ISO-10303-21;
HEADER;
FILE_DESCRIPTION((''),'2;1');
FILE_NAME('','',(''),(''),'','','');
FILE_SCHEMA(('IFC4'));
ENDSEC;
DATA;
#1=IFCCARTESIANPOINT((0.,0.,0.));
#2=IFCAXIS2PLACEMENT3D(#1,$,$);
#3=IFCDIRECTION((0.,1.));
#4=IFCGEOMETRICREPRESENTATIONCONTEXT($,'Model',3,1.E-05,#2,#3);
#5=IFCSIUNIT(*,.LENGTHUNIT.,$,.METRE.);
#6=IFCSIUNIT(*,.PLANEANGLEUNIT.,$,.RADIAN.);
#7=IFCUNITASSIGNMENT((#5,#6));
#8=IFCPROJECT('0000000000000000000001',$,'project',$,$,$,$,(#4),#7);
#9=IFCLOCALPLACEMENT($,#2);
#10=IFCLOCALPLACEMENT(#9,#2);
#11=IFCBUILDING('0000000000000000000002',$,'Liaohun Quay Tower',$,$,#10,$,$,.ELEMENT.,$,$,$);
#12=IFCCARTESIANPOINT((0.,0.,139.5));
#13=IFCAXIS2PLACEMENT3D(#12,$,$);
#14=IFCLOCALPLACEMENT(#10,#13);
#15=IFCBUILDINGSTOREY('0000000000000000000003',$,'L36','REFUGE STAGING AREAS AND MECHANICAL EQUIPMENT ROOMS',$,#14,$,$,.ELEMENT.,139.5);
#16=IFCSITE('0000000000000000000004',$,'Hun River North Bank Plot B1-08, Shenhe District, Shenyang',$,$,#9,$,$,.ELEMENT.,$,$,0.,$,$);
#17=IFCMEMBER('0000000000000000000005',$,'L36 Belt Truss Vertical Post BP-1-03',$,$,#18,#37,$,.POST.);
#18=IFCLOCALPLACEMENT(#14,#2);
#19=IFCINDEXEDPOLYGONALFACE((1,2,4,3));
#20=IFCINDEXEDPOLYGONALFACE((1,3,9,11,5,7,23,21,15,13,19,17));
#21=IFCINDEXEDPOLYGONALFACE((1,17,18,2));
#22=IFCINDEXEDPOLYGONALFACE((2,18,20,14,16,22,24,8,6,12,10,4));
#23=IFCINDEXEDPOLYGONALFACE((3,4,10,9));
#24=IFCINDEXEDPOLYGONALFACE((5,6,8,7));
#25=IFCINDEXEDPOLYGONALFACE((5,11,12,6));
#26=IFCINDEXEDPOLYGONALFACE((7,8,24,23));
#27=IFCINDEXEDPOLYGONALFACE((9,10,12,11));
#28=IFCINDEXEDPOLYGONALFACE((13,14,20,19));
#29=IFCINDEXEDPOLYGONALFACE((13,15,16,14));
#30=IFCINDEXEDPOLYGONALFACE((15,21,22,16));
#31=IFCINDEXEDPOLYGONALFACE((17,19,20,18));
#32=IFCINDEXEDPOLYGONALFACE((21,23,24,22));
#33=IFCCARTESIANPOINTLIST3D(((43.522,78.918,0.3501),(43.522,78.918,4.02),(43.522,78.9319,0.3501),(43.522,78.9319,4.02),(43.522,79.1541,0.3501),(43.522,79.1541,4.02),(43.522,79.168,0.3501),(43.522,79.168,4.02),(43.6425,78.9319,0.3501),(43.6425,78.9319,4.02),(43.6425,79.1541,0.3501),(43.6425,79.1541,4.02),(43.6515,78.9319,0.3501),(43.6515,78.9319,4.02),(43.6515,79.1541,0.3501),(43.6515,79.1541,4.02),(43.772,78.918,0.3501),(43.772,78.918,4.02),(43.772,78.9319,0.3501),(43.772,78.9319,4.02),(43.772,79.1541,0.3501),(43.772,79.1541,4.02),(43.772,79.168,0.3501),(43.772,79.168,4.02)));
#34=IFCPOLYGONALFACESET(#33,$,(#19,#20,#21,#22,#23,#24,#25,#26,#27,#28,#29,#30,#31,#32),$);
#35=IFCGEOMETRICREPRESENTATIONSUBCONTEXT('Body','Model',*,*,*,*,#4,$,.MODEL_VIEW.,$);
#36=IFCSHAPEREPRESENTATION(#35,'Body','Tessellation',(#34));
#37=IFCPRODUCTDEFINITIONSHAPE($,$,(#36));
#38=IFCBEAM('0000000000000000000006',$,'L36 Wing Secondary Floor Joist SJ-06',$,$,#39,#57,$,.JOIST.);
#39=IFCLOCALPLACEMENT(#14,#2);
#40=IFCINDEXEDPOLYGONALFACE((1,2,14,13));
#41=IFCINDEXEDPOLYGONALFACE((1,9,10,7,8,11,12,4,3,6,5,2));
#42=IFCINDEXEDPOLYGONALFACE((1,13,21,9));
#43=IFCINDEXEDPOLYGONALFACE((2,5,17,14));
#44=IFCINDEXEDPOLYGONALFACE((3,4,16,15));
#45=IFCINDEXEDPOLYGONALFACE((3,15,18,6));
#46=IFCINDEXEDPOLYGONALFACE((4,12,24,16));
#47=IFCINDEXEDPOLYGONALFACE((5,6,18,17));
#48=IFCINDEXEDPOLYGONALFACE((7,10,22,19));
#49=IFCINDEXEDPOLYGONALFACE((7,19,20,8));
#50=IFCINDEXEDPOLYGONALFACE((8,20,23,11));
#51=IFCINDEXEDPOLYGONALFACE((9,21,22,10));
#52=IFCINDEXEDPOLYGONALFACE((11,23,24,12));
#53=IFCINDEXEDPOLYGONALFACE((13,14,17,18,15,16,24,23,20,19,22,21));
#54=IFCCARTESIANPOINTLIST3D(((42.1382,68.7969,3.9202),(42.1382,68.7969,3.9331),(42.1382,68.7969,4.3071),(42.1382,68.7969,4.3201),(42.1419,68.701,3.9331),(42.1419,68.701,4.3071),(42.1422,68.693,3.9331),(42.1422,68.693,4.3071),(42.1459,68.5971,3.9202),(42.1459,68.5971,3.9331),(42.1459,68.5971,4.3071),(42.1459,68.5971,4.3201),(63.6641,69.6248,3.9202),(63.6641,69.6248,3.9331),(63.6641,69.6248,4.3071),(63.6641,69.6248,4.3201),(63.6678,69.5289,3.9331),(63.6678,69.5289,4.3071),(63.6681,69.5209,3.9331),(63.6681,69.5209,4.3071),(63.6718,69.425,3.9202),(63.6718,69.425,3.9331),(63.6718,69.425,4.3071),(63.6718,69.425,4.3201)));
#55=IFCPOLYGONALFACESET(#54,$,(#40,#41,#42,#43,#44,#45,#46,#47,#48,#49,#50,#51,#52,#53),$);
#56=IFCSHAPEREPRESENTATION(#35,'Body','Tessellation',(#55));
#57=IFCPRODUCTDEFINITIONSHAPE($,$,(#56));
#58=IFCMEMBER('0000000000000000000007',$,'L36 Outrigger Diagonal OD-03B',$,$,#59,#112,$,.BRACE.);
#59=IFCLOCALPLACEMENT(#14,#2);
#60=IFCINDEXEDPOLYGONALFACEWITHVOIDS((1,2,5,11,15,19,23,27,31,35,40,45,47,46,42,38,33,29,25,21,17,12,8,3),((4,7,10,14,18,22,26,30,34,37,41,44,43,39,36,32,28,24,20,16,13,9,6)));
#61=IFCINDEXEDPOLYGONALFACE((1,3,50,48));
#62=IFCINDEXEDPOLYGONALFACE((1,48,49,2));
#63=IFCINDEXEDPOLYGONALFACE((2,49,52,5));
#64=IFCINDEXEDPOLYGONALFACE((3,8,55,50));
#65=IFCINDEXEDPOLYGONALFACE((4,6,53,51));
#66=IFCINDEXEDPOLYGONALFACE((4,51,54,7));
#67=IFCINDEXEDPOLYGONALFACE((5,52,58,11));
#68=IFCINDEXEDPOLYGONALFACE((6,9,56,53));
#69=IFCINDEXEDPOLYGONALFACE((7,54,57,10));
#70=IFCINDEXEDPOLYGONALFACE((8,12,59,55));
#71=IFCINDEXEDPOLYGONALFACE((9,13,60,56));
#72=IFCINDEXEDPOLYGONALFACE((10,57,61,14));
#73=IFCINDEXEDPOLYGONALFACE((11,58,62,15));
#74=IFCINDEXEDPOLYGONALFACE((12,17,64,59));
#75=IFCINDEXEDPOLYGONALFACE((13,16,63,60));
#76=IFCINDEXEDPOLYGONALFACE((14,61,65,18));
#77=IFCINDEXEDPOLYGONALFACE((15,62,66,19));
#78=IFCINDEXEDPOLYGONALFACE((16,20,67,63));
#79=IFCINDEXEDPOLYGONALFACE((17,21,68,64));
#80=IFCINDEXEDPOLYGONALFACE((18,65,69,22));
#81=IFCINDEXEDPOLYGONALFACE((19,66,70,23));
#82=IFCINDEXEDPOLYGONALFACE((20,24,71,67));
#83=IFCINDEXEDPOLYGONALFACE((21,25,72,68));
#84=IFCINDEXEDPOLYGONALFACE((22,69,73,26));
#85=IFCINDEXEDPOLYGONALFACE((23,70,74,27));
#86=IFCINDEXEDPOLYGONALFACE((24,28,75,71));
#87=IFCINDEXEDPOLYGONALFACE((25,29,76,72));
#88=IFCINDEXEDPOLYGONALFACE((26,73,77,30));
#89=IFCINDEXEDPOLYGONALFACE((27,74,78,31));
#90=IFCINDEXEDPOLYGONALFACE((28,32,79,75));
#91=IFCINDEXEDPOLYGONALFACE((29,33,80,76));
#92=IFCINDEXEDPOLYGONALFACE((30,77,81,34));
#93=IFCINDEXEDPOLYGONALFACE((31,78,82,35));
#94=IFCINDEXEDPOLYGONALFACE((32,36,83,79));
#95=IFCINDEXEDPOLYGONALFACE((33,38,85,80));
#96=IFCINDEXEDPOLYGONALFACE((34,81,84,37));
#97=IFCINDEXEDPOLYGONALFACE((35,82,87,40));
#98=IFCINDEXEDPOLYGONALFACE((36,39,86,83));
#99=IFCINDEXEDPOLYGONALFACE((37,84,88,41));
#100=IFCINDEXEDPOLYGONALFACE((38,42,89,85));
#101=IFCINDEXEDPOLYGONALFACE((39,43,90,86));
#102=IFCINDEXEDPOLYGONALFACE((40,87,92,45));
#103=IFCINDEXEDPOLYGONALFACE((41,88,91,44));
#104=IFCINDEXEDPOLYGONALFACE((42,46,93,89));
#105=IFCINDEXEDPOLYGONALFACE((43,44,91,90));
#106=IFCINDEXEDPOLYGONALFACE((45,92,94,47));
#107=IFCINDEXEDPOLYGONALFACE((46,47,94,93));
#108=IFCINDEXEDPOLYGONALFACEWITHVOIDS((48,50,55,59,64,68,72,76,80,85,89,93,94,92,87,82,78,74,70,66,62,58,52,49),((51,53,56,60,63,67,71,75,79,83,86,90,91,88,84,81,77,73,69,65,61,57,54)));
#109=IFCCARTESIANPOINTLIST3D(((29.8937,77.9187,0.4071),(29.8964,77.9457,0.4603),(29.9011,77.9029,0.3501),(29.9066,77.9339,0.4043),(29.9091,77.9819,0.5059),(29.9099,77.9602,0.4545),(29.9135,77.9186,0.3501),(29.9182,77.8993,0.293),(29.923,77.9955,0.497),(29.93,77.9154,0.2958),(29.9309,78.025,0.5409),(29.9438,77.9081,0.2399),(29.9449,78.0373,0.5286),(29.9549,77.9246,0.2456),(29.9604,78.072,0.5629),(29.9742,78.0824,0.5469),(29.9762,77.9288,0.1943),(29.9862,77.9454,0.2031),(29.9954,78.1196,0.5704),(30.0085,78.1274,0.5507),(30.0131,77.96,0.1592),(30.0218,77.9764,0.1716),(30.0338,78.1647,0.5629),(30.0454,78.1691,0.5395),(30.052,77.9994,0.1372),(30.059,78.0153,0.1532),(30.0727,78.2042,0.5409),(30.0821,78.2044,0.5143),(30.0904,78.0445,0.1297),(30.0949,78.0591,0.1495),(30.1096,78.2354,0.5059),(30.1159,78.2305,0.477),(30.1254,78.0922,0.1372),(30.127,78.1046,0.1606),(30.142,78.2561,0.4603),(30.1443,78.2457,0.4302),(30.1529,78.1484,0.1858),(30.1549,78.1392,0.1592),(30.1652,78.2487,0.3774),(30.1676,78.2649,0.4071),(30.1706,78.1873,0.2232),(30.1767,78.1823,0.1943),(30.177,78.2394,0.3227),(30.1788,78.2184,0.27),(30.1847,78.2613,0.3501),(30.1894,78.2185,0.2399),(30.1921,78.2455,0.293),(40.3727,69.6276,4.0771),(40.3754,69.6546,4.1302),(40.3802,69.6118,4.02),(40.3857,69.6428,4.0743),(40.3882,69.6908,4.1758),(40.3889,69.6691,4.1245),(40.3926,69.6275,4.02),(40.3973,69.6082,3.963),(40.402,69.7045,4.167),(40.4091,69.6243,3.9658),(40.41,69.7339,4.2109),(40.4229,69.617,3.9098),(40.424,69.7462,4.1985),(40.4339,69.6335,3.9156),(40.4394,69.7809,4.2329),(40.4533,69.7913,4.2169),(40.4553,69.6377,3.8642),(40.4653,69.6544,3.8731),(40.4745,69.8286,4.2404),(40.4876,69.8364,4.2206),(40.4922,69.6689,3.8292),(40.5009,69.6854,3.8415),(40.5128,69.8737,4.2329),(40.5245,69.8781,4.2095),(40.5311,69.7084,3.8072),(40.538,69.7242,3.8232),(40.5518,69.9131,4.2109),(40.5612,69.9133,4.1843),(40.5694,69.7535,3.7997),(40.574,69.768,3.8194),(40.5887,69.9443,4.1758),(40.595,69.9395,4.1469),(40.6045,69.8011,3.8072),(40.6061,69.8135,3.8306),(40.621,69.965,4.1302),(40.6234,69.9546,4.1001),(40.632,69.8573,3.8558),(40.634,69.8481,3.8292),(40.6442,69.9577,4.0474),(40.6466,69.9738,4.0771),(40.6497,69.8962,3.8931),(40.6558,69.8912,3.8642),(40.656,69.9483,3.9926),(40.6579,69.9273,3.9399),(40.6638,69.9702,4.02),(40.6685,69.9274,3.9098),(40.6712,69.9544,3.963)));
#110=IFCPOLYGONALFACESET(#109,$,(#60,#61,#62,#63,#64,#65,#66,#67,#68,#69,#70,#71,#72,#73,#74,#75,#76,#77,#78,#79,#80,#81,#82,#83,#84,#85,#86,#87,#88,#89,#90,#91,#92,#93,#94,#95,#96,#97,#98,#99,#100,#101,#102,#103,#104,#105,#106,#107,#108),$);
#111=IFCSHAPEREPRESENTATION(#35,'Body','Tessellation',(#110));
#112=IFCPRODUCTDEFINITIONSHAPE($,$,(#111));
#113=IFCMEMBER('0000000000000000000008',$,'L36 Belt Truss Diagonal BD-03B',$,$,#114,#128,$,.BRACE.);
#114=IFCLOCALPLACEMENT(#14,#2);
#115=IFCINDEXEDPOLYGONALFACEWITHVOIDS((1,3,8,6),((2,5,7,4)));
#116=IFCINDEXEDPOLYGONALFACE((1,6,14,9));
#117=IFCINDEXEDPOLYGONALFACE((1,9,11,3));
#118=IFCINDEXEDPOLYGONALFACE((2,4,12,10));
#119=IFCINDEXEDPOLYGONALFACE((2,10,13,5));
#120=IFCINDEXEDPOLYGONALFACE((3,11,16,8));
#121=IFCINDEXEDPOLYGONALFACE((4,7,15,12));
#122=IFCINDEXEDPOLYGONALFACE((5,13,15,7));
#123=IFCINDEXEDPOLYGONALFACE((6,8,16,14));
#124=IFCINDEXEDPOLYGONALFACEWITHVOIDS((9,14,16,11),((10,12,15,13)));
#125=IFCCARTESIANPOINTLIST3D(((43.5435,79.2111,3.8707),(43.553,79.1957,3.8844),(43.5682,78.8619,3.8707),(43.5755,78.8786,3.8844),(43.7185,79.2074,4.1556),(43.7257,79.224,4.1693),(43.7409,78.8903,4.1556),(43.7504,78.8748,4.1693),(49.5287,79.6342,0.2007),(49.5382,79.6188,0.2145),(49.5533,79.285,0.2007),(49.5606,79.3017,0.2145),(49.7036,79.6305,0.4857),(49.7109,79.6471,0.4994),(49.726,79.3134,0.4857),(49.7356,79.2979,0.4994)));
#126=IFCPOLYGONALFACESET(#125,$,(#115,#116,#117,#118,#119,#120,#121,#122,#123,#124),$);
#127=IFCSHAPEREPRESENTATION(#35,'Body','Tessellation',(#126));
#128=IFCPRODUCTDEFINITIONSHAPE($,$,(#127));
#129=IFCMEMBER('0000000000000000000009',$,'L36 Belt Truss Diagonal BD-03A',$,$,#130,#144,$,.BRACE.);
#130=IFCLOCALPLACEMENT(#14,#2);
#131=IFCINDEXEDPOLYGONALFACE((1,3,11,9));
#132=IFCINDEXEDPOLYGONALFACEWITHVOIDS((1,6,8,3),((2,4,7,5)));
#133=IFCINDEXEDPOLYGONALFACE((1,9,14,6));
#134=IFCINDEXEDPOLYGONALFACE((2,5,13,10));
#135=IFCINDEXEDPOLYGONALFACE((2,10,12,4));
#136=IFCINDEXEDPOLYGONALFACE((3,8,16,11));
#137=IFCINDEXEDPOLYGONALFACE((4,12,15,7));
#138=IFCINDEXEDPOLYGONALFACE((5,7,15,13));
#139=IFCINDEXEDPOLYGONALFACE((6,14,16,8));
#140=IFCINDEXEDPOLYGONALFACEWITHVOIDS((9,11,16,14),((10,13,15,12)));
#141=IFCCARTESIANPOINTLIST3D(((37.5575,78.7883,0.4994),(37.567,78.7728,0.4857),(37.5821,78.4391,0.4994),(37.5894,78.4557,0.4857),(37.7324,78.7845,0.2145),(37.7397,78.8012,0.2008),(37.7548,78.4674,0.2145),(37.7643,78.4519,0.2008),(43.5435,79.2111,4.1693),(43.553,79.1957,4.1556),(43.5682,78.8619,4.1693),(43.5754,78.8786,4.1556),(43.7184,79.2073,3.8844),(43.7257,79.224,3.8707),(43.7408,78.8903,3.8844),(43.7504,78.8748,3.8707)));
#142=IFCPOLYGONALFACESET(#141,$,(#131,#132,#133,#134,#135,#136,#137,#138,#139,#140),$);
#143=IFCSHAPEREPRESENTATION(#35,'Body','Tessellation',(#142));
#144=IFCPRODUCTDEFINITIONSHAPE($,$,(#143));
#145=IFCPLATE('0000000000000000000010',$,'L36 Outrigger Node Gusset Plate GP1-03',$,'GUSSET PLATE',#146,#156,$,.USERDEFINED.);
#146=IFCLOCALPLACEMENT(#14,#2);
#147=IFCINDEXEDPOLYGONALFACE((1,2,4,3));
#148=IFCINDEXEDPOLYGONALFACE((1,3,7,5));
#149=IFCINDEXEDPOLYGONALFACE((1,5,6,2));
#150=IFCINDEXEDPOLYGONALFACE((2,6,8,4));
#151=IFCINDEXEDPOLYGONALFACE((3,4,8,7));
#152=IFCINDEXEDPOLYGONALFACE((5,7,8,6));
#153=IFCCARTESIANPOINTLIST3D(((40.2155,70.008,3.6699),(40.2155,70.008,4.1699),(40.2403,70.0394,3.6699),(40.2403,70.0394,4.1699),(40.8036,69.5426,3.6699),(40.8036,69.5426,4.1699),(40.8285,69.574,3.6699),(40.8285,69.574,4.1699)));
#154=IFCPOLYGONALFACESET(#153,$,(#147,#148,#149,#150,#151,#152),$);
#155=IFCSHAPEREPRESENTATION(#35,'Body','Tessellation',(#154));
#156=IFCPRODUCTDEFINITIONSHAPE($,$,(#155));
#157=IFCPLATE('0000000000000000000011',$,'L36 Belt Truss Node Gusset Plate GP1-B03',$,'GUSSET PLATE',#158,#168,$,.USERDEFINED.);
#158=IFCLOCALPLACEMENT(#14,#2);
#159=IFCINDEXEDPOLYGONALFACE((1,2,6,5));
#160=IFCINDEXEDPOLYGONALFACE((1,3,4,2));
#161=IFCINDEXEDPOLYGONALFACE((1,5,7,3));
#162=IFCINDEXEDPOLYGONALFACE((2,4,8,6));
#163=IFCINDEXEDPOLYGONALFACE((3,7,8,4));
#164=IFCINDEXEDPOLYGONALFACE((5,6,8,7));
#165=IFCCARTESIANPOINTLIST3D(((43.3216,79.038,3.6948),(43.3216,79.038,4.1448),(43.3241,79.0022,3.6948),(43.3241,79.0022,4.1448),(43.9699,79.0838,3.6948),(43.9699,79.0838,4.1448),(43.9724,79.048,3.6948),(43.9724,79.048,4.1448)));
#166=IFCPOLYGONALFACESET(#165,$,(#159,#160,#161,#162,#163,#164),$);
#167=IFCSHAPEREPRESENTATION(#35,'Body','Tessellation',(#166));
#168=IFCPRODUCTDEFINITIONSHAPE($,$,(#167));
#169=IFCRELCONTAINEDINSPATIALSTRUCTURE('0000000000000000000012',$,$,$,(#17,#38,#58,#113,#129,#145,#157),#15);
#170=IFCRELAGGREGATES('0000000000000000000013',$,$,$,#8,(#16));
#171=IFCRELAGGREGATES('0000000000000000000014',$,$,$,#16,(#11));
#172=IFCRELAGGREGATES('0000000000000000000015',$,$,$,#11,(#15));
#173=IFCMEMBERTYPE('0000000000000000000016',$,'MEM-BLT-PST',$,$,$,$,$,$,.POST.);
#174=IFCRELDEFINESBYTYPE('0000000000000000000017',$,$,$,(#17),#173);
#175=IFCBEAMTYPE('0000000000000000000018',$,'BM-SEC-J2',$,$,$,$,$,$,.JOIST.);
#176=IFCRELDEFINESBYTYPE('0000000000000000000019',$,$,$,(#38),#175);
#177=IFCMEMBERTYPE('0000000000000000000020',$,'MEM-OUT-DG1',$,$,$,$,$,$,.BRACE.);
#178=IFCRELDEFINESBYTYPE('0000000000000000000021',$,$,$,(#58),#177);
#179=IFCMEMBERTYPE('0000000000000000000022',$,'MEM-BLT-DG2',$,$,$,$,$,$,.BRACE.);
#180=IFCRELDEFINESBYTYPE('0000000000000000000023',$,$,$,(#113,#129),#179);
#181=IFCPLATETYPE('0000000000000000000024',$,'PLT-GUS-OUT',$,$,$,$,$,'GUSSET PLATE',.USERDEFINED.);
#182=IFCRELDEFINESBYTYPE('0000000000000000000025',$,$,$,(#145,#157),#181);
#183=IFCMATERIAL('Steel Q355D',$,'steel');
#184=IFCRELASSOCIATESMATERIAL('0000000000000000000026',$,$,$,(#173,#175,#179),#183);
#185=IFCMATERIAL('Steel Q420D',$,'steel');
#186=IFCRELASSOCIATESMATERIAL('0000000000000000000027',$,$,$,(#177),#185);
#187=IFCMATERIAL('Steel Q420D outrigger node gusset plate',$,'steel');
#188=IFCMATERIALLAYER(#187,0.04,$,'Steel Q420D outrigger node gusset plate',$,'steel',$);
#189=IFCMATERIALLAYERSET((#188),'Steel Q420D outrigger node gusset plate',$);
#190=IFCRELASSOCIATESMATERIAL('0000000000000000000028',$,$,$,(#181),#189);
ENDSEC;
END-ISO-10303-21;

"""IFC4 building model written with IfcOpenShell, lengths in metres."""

from ifc_helpers import new_model, si_unit, direction, frame, origin, origin_2d, place, context, subcontext, project, spatial, rectangle, hollow_rectangle, hollow_circle, i_section, extrude, source, transform, mapped, material, layer, layer_set, material_profile, profile_set, type_object, element, save


model = new_model("IFC4")

# Units and contexts
model_context = context("Model", 3, precision=1e-05, world=origin(), true_north=direction((0.0, 1.0)))
body_context = subcontext(model_context, "Body", "Model", "MODEL_VIEW")
ifc_project = project(units=[si_unit("LENGTHUNIT", "METRE"), si_unit("PLANEANGLEUNIT", "RADIAN")], contexts=[model_context])

# Site, building, storey
site_placement = place(None, origin())
site = spatial("IfcSite", under=ifc_project, at=site_placement, Name="Hun River North Bank Plot B1-08, Shenhe District, Shenyang", CompositionType="ELEMENT", RefElevation=0.0)
building_placement = place(site_placement, origin())
building = spatial("IfcBuilding", under=site, at=building_placement, Name="Liaohun Quay Tower", CompositionType="ELEMENT")
storey_placement = place(building_placement, frame((0.0, 0.0, 139.5)))
storey = spatial("IfcBuildingStorey", under=building, at=storey_placement, Name="L36", Description="REFUGE STAGING AREAS AND MECHANICAL EQUIPMENT ROOMS", CompositionType="ELEMENT", Elevation=139.5)

# Member
ifc_material_1 = material(Name="Steel Q355D", Category="steel")
ifc_material_profile_1 = material_profile(ifc_material_1, i_section(OverallWidth=0.25, OverallDepth=0.25, WebThickness=0.009, FlangeThickness=0.0139, at=origin_2d()), Name="HW250x250x9x14")
ifc_profile_set_1 = profile_set([ifc_material_profile_1], Name="Steel Q355D")
member_type_1 = type_object("IfcMemberType", Name="MEM-BLT-PST", PredefinedType="POST", material=ifc_profile_set_1)
shared_shape_1 = source(origin(), body_context, "Body", "SweptSolid", [
    extrude(i_section(OverallWidth=0.25, OverallDepth=0.25, WebThickness=0.009, FlangeThickness=0.0139, at=origin_2d()), origin(), (0.0, 0.0, 1.0), 3.6699),
])
member_1_placement = place(storey_placement, frame((43.647, 79.043, 0.3501), z_axis=(0.0, 0.0, 1.0), x_axis=(1.0, 0.0, 0.0)))
element("IfcMember", 1, at=member_1_placement, inside=storey, type_object=member_type_1, Name="L36 Belt Truss Vertical Post BP-1-03", PredefinedType="POST", context=body_context, shape_type="MappedRepresentation", body=[
    mapped(shared_shape_1, transform((0.0, 0.0, 0.0), x_axis=(1.0, 0.0, 0.0), y_axis=(0.0, 1.0, 0.0), z_axis=(0.0, 0.0, 1.0), scale=1.0)),
])

# Beam
ifc_material_profile_2 = material_profile(ifc_material_1, i_section(OverallWidth=0.2, OverallDepth=0.3999, WebThickness=0.0081, FlangeThickness=0.0129, at=origin_2d()), Name="HN400x200x8x13")
ifc_profile_set_2 = profile_set([ifc_material_profile_2], Name="Steel Q355D")
beam_type = type_object("IfcBeamType", Name="BM-SEC-J2", PredefinedType="JOIST", material=ifc_profile_set_2)
shared_shape_2 = source(origin(), body_context, "Body", "SweptSolid", [
    extrude(i_section(OverallWidth=0.2, OverallDepth=0.3999, WebThickness=0.0081, FlangeThickness=0.0129, at=origin_2d()), origin(), (0.0, 0.0, 1.0), 21.5417),
])
beam_placement = place(storey_placement, frame((42.1421, 68.697, 4.1201), z_axis=(0.999261, 0.038431, 0.0), x_axis=(-0.038431, 0.999261, 0.0)))
element("IfcBeam", 2, at=beam_placement, inside=storey, type_object=beam_type, Name="L36 Wing Secondary Floor Joist SJ-06", PredefinedType="JOIST", context=body_context, shape_type="MappedRepresentation", body=[
    mapped(shared_shape_2, transform((0.0, 0.0, 0.0), x_axis=(1.0, 0.0, 0.0), y_axis=(0.0, 1.0, 0.0), z_axis=(0.0, 0.0, 1.0), scale=1.0)),
])

# Members
ifc_material_2 = material(Name="Steel Q420D", Category="steel")
ifc_material_profile_3 = material_profile(ifc_material_2, hollow_circle(Radius=0.2285, WallThickness=0.02, at=origin_2d()), Name="CHS457x20")
ifc_profile_set_3 = profile_set([ifc_material_profile_3], Name="Steel Q420D")
member_type_2 = type_object("IfcMemberType", Name="MEM-OUT-DG1", PredefinedType="BRACE", material=ifc_profile_set_3)
shared_shape_3 = source(origin(), body_context, "Body", "SweptSolid", [
    extrude(hollow_circle(Radius=0.2285, WallThickness=0.02, at=origin_2d()), origin(), (0.0, 0.0, 1.0), 13.8572),
])
member_2_placement = place(storey_placement, frame((40.522, 69.791, 4.02), z_axis=(-0.75622, 0.598323, -0.264841), x_axis=(-0.620479, -0.784223, 0.0)))
element("IfcMember", 3, at=member_2_placement, inside=storey, type_object=member_type_2, Name="L36 Outrigger Diagonal OD-03B", PredefinedType="BRACE", context=body_context, shape_type="MappedRepresentation", body=[
    mapped(shared_shape_3, transform((0.0, 0.0, 0.0), x_axis=(1.0, 0.0, 0.0), y_axis=(0.0, 1.0, 0.0), z_axis=(0.0, 0.0, 1.0), scale=1.0)),
])
ifc_material_profile_4 = material_profile(ifc_material_1, hollow_rectangle(XDim=0.3501, YDim=0.3501, WallThickness=0.0161, at=origin_2d()), Name="SHS350x350x16")
ifc_profile_set_4 = profile_set([ifc_material_profile_4], Name="Steel Q355D")
member_type_3 = type_object("IfcMemberType", Name="MEM-BLT-DG2", PredefinedType="BRACE", material=ifc_profile_set_4)
shared_shape_4 = source(origin(), body_context, "Body", "SweptSolid", [
    extrude(hollow_rectangle(XDim=0.3501, YDim=0.3501, WallThickness=0.0161, at=origin_2d()), origin(), (0.0, 0.0, 1.0), 7.0334),
])
member_3_placement = place(storey_placement, frame((43.647, 79.043, 4.02), z_axis=(0.850954, 0.060155, -0.521784), x_axis=(-0.070515, 0.997511, 0.0)))
element("IfcMember", 4, at=member_3_placement, inside=storey, type_object=member_type_3, Name="L36 Belt Truss Diagonal BD-03B", PredefinedType="BRACE", context=body_context, shape_type="MappedRepresentation", body=[
    mapped(shared_shape_4, transform((0.0, 0.0, 0.0), x_axis=(1.0, 0.0, 0.0), y_axis=(0.0, 1.0, 0.0), z_axis=(0.0, 0.0, 1.0), scale=1.0)),
])
shared_shape_5 = source(origin(), body_context, "Body", "SweptSolid", [
    extrude(hollow_rectangle(XDim=0.3501, YDim=0.3501, WallThickness=0.0161, at=origin_2d()), origin(), (0.0, 0.0, 1.0), 7.0342),
])
member_4_placement = place(storey_placement, frame((37.6609, 78.6201, 0.3501), z_axis=(0.850994, 0.060113, 0.521724), x_axis=(-0.070464, 0.997514, 0.0)))
element("IfcMember", 5, at=member_4_placement, inside=storey, type_object=member_type_3, Name="L36 Belt Truss Diagonal BD-03A", PredefinedType="BRACE", context=body_context, shape_type="MappedRepresentation", body=[
    mapped(shared_shape_5, transform((0.0, 0.0, 0.0), x_axis=(1.0, 0.0, 0.0), y_axis=(0.0, 1.0, 0.0), z_axis=(0.0, 0.0, 1.0), scale=1.0)),
])

# Plates
ifc_material_3 = material(Name="Steel Q420D outrigger node gusset plate", Category="steel")
ifc_layer_1 = layer(ifc_material_3, 0.04, Name="Steel Q420D outrigger node gusset plate", Category="steel")
ifc_layer_set_1 = layer_set([ifc_layer_1], Name="Steel Q420D outrigger node gusset plate")
plate_type = type_object("IfcPlateType", Name="PLT-GUS-OUT", ElementType="GUSSET PLATE", PredefinedType="USERDEFINED", material=ifc_layer_set_1)
shared_shape_6 = source(origin(), body_context, "Body", "SweptSolid", [
    extrude(rectangle(XDim=0.75, YDim=0.04, at=origin_2d()), origin(), (0.0, 0.0, 1.0), 0.5),
])
plate_1_placement = place(storey_placement, frame((40.522, 69.791, 3.6699), z_axis=(0.0, 0.0, 1.0), x_axis=(-0.784235, 0.620464, 0.0)))
element("IfcPlate", 6, at=plate_1_placement, inside=storey, type_object=plate_type, Name="L36 Outrigger Node Gusset Plate GP1-03", ObjectType="GUSSET PLATE", PredefinedType="USERDEFINED", context=body_context, shape_type="MappedRepresentation", body=[
    mapped(shared_shape_6, transform((0.0, 0.0, 0.0), x_axis=(1.0, 0.0, 0.0), y_axis=(0.0, 1.0, 0.0), z_axis=(0.0, 0.0, 1.0), scale=1.0)),
])
shared_shape_7 = source(origin(), body_context, "Body", "SweptSolid", [
    extrude(rectangle(XDim=0.6499, YDim=0.0359, at=origin_2d()), origin(), (0.0, 0.0, 1.0), 0.45),
])
plate_2_placement = place(storey_placement, frame((43.647, 79.043, 3.6948), z_axis=(0.0, 0.0, 1.0), x_axis=(0.997515, 0.070453, 0.0)))
element("IfcPlate", 7, at=plate_2_placement, inside=storey, type_object=plate_type, Name="L36 Belt Truss Node Gusset Plate GP1-B03", ObjectType="GUSSET PLATE", PredefinedType="USERDEFINED", context=body_context, shape_type="MappedRepresentation", body=[
    mapped(shared_shape_7, transform((0.0, 0.0, 0.0), x_axis=(1.0, 0.0, 0.0), y_axis=(0.0, 1.0, 0.0), z_axis=(0.0, 0.0, 1.0), scale=1.0)),
])

save(model, "model.ifc")
